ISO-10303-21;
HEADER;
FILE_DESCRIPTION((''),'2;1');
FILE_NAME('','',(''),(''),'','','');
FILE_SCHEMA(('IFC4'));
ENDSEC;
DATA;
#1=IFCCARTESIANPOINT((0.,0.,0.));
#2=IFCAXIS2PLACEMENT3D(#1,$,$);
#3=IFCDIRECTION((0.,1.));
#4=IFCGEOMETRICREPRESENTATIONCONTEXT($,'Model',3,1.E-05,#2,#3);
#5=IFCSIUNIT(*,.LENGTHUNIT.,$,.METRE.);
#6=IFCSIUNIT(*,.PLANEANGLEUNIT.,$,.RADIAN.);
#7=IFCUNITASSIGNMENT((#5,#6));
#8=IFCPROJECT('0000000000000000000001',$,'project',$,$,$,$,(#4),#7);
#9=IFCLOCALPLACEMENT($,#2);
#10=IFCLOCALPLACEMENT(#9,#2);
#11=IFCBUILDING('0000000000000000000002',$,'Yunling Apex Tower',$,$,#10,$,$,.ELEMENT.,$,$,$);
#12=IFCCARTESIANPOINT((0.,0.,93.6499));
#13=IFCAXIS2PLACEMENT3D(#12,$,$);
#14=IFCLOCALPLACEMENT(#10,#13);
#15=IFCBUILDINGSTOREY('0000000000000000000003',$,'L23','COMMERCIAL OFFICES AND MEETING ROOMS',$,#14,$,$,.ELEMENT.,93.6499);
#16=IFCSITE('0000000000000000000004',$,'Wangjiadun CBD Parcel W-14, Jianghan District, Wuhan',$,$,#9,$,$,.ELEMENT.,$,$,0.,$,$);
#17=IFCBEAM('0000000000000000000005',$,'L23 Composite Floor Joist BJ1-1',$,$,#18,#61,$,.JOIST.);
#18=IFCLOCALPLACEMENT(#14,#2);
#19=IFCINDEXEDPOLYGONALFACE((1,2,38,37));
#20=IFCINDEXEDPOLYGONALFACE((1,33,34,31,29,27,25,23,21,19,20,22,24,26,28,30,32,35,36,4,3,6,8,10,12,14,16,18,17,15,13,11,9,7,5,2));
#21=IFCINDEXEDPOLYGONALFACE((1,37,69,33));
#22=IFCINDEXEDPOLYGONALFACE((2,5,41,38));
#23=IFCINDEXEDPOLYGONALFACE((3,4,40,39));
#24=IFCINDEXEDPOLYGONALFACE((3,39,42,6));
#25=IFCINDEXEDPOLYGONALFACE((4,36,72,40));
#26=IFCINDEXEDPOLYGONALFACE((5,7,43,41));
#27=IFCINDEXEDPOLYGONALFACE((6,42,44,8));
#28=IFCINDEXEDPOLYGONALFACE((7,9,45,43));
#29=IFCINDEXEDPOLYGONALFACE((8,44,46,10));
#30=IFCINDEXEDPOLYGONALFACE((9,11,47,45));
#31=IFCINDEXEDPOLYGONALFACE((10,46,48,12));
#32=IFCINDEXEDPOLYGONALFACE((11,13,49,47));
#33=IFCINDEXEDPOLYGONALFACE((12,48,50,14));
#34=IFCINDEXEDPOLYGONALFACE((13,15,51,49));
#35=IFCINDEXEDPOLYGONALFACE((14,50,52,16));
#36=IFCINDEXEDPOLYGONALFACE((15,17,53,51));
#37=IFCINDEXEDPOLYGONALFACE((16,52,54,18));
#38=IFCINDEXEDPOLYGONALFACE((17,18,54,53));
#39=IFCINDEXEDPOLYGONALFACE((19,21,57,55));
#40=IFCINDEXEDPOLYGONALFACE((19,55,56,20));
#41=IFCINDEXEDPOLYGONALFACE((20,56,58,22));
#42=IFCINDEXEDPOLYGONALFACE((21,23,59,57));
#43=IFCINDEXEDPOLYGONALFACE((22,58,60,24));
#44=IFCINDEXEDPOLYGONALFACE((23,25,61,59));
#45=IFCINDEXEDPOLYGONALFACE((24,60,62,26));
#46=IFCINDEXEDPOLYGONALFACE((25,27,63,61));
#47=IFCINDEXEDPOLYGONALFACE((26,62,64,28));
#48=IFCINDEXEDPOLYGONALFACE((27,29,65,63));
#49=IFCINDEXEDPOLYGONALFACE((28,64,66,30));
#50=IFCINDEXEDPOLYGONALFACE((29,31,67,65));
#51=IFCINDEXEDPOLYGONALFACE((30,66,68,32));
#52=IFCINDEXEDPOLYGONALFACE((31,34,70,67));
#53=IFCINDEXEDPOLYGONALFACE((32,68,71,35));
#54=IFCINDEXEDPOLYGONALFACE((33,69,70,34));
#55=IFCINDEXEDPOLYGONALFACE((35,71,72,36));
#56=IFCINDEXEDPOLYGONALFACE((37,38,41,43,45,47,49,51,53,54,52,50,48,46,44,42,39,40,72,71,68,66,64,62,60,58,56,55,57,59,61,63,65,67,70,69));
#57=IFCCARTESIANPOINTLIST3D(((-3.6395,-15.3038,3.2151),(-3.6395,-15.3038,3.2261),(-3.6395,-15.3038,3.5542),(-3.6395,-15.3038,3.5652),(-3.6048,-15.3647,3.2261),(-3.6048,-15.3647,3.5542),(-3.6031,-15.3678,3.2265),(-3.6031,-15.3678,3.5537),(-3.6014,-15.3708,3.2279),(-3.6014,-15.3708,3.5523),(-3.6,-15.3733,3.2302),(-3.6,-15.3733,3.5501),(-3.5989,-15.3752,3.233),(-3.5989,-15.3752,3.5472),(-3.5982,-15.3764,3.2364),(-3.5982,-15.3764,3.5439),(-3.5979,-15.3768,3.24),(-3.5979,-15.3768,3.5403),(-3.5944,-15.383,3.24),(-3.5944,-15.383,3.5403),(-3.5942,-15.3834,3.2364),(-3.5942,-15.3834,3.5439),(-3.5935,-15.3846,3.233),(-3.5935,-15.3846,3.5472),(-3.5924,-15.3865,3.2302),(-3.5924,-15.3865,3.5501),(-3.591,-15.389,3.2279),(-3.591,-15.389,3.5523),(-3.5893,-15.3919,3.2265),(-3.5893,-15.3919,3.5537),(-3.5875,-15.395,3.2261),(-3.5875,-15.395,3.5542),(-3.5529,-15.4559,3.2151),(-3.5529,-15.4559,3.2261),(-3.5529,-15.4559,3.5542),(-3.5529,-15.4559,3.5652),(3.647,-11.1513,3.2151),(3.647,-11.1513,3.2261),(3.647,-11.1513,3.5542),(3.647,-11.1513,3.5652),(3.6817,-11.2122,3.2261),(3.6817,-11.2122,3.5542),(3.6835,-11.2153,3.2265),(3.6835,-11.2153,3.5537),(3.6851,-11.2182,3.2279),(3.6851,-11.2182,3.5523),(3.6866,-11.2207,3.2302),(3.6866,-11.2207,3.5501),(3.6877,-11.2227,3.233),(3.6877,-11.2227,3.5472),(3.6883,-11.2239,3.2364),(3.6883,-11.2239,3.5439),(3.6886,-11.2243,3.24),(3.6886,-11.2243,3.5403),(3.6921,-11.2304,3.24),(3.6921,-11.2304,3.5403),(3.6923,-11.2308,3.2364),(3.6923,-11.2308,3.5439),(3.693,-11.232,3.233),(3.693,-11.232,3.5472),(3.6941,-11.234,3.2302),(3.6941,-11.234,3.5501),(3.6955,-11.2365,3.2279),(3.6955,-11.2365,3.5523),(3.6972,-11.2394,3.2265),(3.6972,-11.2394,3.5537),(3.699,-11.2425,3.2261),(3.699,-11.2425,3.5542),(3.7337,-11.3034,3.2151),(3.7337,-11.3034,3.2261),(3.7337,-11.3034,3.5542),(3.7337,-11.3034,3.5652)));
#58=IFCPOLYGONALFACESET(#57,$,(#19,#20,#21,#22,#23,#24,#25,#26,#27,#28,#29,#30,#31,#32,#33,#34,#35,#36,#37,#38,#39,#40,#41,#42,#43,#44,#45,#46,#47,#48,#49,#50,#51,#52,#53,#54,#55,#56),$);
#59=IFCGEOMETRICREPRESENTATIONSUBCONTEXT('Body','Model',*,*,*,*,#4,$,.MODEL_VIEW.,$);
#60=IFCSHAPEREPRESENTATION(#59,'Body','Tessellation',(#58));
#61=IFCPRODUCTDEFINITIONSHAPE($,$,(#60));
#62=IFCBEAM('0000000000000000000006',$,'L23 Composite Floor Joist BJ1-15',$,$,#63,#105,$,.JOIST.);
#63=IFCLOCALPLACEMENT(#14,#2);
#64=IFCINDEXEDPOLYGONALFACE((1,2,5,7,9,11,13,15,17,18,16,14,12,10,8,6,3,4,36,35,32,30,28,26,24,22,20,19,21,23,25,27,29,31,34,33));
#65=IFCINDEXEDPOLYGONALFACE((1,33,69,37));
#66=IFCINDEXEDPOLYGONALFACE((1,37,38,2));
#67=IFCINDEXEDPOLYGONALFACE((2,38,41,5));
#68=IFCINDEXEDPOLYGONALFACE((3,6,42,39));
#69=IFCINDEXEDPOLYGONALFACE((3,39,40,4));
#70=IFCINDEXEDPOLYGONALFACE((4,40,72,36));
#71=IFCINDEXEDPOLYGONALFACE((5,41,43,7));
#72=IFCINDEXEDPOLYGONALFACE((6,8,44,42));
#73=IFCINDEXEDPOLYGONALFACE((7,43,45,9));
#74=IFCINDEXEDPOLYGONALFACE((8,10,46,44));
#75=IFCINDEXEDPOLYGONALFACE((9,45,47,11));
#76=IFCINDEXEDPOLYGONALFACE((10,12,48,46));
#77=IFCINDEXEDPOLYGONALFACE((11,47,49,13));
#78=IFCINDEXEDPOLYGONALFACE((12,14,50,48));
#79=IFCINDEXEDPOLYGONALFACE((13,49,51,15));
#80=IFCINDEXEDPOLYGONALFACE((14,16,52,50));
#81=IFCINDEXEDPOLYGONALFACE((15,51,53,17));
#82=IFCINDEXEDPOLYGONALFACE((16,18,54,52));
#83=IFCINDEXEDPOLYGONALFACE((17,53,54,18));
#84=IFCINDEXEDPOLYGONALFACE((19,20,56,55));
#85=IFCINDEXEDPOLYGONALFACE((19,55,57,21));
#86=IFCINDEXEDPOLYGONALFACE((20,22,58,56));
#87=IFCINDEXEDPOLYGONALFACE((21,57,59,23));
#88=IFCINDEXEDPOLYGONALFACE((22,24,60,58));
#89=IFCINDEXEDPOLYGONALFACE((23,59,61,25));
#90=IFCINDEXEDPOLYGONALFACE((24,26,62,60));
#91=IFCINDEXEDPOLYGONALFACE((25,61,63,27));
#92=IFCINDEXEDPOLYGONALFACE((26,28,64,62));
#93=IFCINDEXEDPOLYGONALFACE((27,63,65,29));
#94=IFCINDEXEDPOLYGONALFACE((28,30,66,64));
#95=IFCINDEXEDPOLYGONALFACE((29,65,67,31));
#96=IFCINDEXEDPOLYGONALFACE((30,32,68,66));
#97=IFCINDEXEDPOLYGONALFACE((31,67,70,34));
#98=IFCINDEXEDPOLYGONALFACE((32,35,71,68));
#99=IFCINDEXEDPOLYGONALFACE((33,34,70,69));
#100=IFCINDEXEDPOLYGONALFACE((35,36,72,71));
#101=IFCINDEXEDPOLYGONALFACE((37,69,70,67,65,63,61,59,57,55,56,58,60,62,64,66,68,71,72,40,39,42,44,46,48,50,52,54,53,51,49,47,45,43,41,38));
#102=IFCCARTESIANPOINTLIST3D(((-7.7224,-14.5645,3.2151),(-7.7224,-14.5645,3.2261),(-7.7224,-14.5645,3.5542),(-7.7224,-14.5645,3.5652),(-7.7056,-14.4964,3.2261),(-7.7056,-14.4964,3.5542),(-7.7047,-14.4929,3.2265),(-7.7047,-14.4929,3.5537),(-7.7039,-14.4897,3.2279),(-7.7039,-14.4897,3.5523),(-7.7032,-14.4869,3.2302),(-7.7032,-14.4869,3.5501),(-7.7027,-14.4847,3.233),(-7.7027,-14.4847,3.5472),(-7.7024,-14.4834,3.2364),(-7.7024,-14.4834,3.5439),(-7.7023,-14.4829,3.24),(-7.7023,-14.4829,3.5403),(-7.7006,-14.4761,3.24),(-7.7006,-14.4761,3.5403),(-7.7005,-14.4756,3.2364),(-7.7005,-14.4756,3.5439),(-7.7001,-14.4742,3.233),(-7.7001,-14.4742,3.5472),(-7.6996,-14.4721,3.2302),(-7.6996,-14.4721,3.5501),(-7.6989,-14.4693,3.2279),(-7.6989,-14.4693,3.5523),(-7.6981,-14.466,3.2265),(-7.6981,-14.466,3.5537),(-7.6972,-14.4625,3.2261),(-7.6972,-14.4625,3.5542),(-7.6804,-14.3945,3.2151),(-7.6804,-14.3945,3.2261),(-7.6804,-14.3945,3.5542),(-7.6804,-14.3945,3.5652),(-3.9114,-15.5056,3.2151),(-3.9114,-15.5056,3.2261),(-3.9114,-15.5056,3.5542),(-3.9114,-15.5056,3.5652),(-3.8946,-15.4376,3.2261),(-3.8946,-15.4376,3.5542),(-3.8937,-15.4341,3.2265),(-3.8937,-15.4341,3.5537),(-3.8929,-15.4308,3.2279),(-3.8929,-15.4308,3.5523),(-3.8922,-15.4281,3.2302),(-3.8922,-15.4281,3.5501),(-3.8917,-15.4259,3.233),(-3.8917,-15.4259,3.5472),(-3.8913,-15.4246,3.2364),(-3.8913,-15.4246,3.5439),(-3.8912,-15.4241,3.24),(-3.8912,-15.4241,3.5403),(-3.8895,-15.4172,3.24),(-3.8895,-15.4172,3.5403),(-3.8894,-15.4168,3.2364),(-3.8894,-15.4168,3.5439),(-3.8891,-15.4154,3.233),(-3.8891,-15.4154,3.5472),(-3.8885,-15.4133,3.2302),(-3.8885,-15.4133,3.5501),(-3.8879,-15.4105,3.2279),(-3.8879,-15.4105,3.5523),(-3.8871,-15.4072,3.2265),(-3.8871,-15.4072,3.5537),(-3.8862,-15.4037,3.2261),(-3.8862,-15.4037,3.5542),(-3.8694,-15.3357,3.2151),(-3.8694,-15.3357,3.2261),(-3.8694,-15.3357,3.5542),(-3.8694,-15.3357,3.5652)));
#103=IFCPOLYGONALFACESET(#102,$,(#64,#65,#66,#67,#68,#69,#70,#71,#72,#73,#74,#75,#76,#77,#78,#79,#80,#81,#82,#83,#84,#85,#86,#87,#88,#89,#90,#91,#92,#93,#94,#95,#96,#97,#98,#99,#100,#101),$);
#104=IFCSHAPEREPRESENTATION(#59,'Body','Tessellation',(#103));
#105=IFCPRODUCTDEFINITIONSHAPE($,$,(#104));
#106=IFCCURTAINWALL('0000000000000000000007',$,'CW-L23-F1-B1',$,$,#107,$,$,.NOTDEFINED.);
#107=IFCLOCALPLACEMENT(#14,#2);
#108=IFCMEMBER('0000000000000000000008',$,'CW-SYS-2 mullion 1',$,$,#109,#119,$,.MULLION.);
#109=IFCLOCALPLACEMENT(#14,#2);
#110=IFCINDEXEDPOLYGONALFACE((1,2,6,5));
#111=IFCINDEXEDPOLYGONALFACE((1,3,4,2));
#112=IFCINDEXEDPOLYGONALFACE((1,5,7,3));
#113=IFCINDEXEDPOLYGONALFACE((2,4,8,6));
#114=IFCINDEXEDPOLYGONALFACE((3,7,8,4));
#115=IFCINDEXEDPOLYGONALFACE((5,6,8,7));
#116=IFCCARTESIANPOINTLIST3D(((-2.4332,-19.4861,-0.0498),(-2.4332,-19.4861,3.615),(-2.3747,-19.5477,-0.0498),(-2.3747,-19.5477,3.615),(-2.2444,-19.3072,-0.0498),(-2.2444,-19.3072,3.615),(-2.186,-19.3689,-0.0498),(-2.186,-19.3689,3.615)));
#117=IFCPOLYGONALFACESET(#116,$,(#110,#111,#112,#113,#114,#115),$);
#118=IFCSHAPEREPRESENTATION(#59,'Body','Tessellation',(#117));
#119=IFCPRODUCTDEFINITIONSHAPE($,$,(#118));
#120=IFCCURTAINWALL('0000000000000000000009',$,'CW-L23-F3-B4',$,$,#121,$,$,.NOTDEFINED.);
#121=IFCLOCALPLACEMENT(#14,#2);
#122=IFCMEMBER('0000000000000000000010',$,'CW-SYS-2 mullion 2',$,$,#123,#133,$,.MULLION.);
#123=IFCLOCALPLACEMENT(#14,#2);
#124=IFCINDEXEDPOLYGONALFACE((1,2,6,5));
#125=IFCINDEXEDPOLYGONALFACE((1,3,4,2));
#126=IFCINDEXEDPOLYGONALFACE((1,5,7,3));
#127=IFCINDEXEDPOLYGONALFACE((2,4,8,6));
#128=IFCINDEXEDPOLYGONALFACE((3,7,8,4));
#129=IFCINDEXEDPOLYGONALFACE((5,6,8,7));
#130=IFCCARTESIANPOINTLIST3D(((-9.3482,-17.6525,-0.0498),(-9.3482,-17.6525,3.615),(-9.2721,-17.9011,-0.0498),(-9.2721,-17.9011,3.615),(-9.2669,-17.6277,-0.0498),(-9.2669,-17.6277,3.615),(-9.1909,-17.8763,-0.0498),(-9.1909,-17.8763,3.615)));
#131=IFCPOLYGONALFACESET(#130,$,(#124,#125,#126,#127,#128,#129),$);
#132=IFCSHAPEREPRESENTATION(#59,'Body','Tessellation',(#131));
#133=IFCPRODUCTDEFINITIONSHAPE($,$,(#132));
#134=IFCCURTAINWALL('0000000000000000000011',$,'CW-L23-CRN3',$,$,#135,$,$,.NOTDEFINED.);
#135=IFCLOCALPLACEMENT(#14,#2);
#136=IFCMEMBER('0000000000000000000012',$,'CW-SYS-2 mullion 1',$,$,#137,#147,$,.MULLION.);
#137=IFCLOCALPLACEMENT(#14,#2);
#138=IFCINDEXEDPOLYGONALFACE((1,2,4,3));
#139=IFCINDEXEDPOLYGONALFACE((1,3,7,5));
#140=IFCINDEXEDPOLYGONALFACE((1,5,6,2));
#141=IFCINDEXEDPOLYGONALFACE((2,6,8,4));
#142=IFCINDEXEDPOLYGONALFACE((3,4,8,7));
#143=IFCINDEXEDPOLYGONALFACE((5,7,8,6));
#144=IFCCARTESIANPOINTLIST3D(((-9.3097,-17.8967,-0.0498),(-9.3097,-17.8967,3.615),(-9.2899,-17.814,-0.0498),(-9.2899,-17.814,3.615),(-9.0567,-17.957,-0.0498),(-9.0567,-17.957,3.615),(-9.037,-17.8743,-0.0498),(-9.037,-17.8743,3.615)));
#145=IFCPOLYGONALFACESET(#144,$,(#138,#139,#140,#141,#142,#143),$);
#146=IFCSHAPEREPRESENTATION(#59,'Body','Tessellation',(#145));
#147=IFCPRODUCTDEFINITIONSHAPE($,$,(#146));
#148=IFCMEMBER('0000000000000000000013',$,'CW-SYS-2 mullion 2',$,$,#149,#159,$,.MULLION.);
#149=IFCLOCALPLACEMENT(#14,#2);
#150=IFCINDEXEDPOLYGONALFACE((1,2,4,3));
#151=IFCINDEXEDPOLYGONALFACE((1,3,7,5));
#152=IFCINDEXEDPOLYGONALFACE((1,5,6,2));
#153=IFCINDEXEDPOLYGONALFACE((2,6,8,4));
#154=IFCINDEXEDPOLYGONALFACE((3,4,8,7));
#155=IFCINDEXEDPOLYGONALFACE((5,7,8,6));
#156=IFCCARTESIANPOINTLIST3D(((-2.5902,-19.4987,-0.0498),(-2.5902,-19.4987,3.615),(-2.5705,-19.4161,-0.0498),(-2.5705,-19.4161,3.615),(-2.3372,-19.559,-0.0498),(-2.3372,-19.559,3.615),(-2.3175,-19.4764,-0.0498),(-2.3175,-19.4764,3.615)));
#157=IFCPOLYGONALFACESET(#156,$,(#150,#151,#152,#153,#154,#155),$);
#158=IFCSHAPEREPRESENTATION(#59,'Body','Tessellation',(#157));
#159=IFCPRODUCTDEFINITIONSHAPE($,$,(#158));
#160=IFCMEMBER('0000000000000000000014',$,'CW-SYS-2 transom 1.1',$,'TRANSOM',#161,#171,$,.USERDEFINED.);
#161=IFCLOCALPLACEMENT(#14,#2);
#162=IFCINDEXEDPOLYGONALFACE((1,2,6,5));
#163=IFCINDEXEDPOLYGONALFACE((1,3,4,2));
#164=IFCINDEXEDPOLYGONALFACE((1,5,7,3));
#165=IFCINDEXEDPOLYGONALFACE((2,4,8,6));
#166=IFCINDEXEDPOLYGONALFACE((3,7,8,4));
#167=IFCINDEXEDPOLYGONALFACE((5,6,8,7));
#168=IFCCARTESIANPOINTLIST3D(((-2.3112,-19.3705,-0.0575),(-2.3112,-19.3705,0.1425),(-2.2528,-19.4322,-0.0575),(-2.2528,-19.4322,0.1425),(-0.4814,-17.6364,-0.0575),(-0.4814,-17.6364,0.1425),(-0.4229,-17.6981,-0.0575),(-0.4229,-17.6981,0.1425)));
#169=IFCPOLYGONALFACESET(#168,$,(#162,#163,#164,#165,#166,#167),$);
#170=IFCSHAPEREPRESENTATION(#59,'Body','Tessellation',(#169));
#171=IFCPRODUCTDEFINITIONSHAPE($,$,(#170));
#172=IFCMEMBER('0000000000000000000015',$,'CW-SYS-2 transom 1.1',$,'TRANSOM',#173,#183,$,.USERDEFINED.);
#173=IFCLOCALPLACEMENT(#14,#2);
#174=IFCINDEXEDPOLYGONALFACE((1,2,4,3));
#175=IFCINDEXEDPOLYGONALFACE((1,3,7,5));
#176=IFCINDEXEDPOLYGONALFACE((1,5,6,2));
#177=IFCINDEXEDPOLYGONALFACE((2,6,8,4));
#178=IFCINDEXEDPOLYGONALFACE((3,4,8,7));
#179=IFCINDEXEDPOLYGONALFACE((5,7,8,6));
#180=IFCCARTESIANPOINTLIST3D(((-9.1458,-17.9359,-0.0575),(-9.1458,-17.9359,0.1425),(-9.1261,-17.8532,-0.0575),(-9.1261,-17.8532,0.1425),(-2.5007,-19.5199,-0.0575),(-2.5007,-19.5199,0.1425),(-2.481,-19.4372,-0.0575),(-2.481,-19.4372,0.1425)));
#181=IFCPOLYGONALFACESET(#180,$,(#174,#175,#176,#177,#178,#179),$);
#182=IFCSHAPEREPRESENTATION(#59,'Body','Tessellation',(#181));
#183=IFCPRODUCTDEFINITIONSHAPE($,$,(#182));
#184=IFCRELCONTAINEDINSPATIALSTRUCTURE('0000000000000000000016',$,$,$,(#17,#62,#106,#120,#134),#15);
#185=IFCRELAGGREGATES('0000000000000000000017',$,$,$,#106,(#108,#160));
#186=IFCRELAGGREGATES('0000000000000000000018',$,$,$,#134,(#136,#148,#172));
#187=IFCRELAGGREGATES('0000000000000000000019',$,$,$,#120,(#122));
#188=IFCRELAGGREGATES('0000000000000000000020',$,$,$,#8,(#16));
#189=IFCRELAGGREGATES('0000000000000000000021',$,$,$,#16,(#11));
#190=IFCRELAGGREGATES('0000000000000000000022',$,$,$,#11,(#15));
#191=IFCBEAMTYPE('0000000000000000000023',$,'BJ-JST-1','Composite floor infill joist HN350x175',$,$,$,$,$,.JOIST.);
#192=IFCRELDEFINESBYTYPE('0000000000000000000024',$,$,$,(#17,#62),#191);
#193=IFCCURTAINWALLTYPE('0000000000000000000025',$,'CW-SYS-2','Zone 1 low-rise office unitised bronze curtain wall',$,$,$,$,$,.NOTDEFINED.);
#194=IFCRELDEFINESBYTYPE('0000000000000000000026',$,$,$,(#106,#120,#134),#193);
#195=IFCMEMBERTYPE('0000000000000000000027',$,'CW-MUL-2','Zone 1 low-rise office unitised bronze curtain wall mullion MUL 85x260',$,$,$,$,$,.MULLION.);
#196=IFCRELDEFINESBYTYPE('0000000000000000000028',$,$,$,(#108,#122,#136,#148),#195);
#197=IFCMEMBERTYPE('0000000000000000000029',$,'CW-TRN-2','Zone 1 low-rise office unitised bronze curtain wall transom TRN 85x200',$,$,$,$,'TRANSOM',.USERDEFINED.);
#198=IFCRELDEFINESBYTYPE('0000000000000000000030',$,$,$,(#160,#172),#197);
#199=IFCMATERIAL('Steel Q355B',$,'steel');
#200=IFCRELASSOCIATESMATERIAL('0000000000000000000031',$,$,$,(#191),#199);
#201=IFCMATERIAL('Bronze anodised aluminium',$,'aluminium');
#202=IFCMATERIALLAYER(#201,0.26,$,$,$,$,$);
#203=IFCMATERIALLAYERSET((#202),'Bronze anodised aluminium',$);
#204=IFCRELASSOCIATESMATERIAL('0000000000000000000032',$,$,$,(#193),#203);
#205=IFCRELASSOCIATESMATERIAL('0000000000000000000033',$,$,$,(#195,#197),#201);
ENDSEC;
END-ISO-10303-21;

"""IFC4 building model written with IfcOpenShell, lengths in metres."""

from ifc_helpers import new_model, si_unit, direction, frame, origin, origin_2d, place, context, subcontext, project, spatial, rectangle, i_section, extrude, source, transform, mapped, material, layer, layer_set, material_profile, profile_set, type_object, element, aggregate, save


model = new_model("IFC4")

# Units and contexts
model_context = context("Model", 3, precision=1e-05, world=origin(), true_north=direction((0.0, 1.0)))
body_context = subcontext(model_context, "Body", "Model", "MODEL_VIEW")
ifc_project = project(units=[si_unit("LENGTHUNIT", "METRE"), si_unit("PLANEANGLEUNIT", "RADIAN")], contexts=[model_context])

# Site, building, storey
site_placement = place(None, origin())
site = spatial("IfcSite", under=ifc_project, at=site_placement, Name="Wangjiadun CBD Parcel W-14, Jianghan District, Wuhan", CompositionType="ELEMENT", RefElevation=0.0)
building_placement = place(site_placement, origin())
building = spatial("IfcBuilding", under=site, at=building_placement, Name="Yunling Apex Tower", CompositionType="ELEMENT")
storey_placement = place(building_placement, frame((0.0, 0.0, 93.6499)))
storey = spatial("IfcBuildingStorey", under=building, at=storey_placement, Name="L23", Description="COMMERCIAL OFFICES AND MEETING ROOMS", CompositionType="ELEMENT", Elevation=93.6499)

# Beams
ifc_material_1 = material(Name="Steel Q355B", Category="steel")
ifc_material_profile_1 = material_profile(ifc_material_1, i_section(OverallWidth=0.175, OverallDepth=0.3501, WebThickness=0.0071, FlangeThickness=0.011, FilletRadius=0.0139, at=origin_2d()))
ifc_profile_set_1 = profile_set([ifc_material_profile_1], Name="Steel Q355B")
beam_type_1 = type_object("IfcBeamType", Name="BJ-JST-1", Description="Composite floor infill joist HN350x175", PredefinedType="JOIST", material=ifc_profile_set_1)
shared_shape_1 = source(origin(), body_context, "Body", "SweptSolid", [
    extrude(i_section(OverallWidth=0.175, OverallDepth=0.3501, WebThickness=0.0071, FlangeThickness=0.011, FilletRadius=0.0139, at=origin_2d()), origin(), (0.0, 0.0, 1.0), 8.3867),
])
beam_1_placement = place(storey_placement, frame((-3.5962, -15.3799, 3.3901), z_axis=(0.868818, 0.495132, 0.0), x_axis=(-0.495132, 0.868818, 0.0)))
element("IfcBeam", 1, at=beam_1_placement, inside=storey, type_object=beam_type_1, Name="L23 Composite Floor Joist BJ1-1", PredefinedType="JOIST", context=body_context, shape_type="MappedRepresentation", body=[
    mapped(shared_shape_1, transform((0.0, 0.0, 0.0), scale=1.0)),
])
shared_shape_2 = source(origin(), body_context, "Body", "SweptSolid", [
    extrude(i_section(OverallWidth=0.175, OverallDepth=0.3501, WebThickness=0.0071, FlangeThickness=0.011, FilletRadius=0.0139, at=origin_2d()), origin(), (0.0, 0.0, 1.0), 3.9255),
])
beam_2_placement = place(storey_placement, frame((-7.7014, -14.4795, 3.3901), z_axis=(0.970834, -0.239754, 0.0), x_axis=(0.239754, 0.970834, 0.0)))
element("IfcBeam", 2, at=beam_2_placement, inside=storey, type_object=beam_type_1, Name="L23 Composite Floor Joist BJ1-15", PredefinedType="JOIST", context=body_context, shape_type="MappedRepresentation", body=[
    mapped(shared_shape_2, transform((0.0, 0.0, 0.0), scale=1.0)),
])

# Curtain walls, members
ifc_material_2 = material(Name="Bronze anodised aluminium", Category="aluminium")
ifc_layer_1 = layer(ifc_material_2, 0.26)
ifc_layer_set_1 = layer_set([ifc_layer_1], Name="Bronze anodised aluminium")
curtain_wall_type = type_object("IfcCurtainWallType", Name="CW-SYS-2", Description="Zone 1 low-rise office unitised bronze curtain wall", PredefinedType="NOTDEFINED", material=ifc_layer_set_1)
curtain_wall_1_placement = place(storey_placement, origin())
curtain_wall_1 = element("IfcCurtainWall", 3, at=curtain_wall_1_placement, inside=storey, type_object=curtain_wall_type, Name="CW-L23-F1-B1", PredefinedType="NOTDEFINED")
ifc_material_profile_2 = material_profile(ifc_material_2, rectangle(XDim=0.085, YDim=0.26, at=origin_2d()))
ifc_profile_set_2 = profile_set([ifc_material_profile_2], Name="Bronze anodised aluminium")
member_type_1 = type_object("IfcMemberType", Name="CW-MUL-2", Description="Zone 1 low-rise office unitised bronze curtain wall mullion MUL 85x260", PredefinedType="MULLION", material=ifc_profile_set_2)
shared_shape_3 = source(origin(), body_context, "Body", "SweptSolid", [
    extrude(rectangle(XDim=0.085, YDim=0.26, at=origin_2d()), origin(), (0.0, 0.0, 1.0), 3.6648),
])
member_1_placement = place(storey_placement, frame((-2.3096, -19.4275, -0.0498), z_axis=(0.0, 0.0, 1.0), x_axis=(-0.687861, 0.725842, 0.0)))
member_1 = element("IfcMember", 4, at=member_1_placement, type_object=member_type_1, Name="CW-SYS-2 mullion 1", PredefinedType="MULLION", context=body_context, shape_type="MappedRepresentation", body=[
    mapped(shared_shape_3, transform((0.0, 0.0, 0.0), scale=1.0)),
])
curtain_wall_2_placement = place(storey_placement, origin())
curtain_wall_2 = element("IfcCurtainWall", 5, at=curtain_wall_2_placement, inside=storey, type_object=curtain_wall_type, Name="CW-L23-F3-B4", PredefinedType="NOTDEFINED")
member_2_placement = place(storey_placement, frame((-9.2695, -17.7644, -0.0498), z_axis=(0.0, 0.0, 1.0), x_axis=(0.956304, 0.292373, 0.0)))
member_2 = element("IfcMember", 6, at=member_2_placement, type_object=member_type_1, Name="CW-SYS-2 mullion 2", PredefinedType="MULLION", context=body_context, shape_type="MappedRepresentation", body=[
    mapped(shared_shape_3, transform((0.0, 0.0, 0.0), scale=1.0)),
])

# Curtain wall, members
curtain_wall_3_placement = place(storey_placement, origin())
curtain_wall_3 = element("IfcCurtainWall", 7, at=curtain_wall_3_placement, inside=storey, type_object=curtain_wall_type, Name="CW-L23-CRN3", PredefinedType="NOTDEFINED")
member_3_placement = place(storey_placement, frame((-9.1733, -17.8855, -0.0498), z_axis=(0.0, 0.0, 1.0), x_axis=(0.231895, 0.972741, 0.0)))
member_3 = element("IfcMember", 8, at=member_3_placement, type_object=member_type_1, Name="CW-SYS-2 mullion 1", PredefinedType="MULLION", context=body_context, shape_type="MappedRepresentation", body=[
    mapped(shared_shape_3, transform((0.0, 0.0, 0.0), scale=1.0)),
])
member_4_placement = place(storey_placement, frame((-2.4539, -19.4875, -0.0498), z_axis=(0.0, 0.0, 1.0), x_axis=(0.231895, 0.972741, 0.0)))
member_4 = element("IfcMember", 9, at=member_4_placement, type_object=member_type_1, Name="CW-SYS-2 mullion 2", PredefinedType="MULLION", context=body_context, shape_type="MappedRepresentation", body=[
    mapped(shared_shape_3, transform((0.0, 0.0, 0.0), scale=1.0)),
])

# Members
ifc_material_profile_3 = material_profile(ifc_material_2, rectangle(XDim=0.085, YDim=0.2, at=origin_2d()))
ifc_profile_set_3 = profile_set([ifc_material_profile_3], Name="Bronze anodised aluminium")
member_type_2 = type_object("IfcMemberType", Name="CW-TRN-2", Description="Zone 1 low-rise office unitised bronze curtain wall transom TRN 85x200", ElementType="TRANSOM", PredefinedType="USERDEFINED", material=ifc_profile_set_3)
shared_shape_4 = source(origin(), body_context, "Body", "SweptSolid", [
    extrude(rectangle(XDim=0.085, YDim=0.2, at=origin_2d()), origin(), (0.0, 0.0, 1.0), 2.521),
])
member_5_placement = place(storey_placement, frame((-2.282, -19.4014, 0.0425), z_axis=(0.725833, 0.687871, 0.0), x_axis=(-0.687871, 0.725833, 0.0)))
member_5 = element("IfcMember", 10, at=member_5_placement, type_object=member_type_2, Name="CW-SYS-2 transom 1.1", ObjectType="TRANSOM", PredefinedType="USERDEFINED", context=body_context, shape_type="MappedRepresentation", body=[
    mapped(shared_shape_4, transform((0.0, 0.0, 0.0), scale=1.0)),
])
aggregate(curtain_wall_1, [member_1, member_5])
shared_shape_5 = source(origin(), body_context, "Body", "SweptSolid", [
    extrude(rectangle(XDim=0.085, YDim=0.2, at=origin_2d()), origin(), (0.0, 0.0, 1.0), 6.8313),
])
member_6_placement = place(storey_placement, frame((-9.136, -17.8945, 0.0425), z_axis=(0.972746, -0.231875, 0.0), x_axis=(0.231875, 0.972746, 0.0)))
member_6 = element("IfcMember", 11, at=member_6_placement, type_object=member_type_2, Name="CW-SYS-2 transom 1.1", ObjectType="TRANSOM", PredefinedType="USERDEFINED", context=body_context, shape_type="MappedRepresentation", body=[
    mapped(shared_shape_5, transform((0.0, 0.0, 0.0), scale=1.0)),
])

aggregate(curtain_wall_3, [member_3, member_4, member_6])
aggregate(curtain_wall_2, [member_2])

save(model, "model.ifc")
